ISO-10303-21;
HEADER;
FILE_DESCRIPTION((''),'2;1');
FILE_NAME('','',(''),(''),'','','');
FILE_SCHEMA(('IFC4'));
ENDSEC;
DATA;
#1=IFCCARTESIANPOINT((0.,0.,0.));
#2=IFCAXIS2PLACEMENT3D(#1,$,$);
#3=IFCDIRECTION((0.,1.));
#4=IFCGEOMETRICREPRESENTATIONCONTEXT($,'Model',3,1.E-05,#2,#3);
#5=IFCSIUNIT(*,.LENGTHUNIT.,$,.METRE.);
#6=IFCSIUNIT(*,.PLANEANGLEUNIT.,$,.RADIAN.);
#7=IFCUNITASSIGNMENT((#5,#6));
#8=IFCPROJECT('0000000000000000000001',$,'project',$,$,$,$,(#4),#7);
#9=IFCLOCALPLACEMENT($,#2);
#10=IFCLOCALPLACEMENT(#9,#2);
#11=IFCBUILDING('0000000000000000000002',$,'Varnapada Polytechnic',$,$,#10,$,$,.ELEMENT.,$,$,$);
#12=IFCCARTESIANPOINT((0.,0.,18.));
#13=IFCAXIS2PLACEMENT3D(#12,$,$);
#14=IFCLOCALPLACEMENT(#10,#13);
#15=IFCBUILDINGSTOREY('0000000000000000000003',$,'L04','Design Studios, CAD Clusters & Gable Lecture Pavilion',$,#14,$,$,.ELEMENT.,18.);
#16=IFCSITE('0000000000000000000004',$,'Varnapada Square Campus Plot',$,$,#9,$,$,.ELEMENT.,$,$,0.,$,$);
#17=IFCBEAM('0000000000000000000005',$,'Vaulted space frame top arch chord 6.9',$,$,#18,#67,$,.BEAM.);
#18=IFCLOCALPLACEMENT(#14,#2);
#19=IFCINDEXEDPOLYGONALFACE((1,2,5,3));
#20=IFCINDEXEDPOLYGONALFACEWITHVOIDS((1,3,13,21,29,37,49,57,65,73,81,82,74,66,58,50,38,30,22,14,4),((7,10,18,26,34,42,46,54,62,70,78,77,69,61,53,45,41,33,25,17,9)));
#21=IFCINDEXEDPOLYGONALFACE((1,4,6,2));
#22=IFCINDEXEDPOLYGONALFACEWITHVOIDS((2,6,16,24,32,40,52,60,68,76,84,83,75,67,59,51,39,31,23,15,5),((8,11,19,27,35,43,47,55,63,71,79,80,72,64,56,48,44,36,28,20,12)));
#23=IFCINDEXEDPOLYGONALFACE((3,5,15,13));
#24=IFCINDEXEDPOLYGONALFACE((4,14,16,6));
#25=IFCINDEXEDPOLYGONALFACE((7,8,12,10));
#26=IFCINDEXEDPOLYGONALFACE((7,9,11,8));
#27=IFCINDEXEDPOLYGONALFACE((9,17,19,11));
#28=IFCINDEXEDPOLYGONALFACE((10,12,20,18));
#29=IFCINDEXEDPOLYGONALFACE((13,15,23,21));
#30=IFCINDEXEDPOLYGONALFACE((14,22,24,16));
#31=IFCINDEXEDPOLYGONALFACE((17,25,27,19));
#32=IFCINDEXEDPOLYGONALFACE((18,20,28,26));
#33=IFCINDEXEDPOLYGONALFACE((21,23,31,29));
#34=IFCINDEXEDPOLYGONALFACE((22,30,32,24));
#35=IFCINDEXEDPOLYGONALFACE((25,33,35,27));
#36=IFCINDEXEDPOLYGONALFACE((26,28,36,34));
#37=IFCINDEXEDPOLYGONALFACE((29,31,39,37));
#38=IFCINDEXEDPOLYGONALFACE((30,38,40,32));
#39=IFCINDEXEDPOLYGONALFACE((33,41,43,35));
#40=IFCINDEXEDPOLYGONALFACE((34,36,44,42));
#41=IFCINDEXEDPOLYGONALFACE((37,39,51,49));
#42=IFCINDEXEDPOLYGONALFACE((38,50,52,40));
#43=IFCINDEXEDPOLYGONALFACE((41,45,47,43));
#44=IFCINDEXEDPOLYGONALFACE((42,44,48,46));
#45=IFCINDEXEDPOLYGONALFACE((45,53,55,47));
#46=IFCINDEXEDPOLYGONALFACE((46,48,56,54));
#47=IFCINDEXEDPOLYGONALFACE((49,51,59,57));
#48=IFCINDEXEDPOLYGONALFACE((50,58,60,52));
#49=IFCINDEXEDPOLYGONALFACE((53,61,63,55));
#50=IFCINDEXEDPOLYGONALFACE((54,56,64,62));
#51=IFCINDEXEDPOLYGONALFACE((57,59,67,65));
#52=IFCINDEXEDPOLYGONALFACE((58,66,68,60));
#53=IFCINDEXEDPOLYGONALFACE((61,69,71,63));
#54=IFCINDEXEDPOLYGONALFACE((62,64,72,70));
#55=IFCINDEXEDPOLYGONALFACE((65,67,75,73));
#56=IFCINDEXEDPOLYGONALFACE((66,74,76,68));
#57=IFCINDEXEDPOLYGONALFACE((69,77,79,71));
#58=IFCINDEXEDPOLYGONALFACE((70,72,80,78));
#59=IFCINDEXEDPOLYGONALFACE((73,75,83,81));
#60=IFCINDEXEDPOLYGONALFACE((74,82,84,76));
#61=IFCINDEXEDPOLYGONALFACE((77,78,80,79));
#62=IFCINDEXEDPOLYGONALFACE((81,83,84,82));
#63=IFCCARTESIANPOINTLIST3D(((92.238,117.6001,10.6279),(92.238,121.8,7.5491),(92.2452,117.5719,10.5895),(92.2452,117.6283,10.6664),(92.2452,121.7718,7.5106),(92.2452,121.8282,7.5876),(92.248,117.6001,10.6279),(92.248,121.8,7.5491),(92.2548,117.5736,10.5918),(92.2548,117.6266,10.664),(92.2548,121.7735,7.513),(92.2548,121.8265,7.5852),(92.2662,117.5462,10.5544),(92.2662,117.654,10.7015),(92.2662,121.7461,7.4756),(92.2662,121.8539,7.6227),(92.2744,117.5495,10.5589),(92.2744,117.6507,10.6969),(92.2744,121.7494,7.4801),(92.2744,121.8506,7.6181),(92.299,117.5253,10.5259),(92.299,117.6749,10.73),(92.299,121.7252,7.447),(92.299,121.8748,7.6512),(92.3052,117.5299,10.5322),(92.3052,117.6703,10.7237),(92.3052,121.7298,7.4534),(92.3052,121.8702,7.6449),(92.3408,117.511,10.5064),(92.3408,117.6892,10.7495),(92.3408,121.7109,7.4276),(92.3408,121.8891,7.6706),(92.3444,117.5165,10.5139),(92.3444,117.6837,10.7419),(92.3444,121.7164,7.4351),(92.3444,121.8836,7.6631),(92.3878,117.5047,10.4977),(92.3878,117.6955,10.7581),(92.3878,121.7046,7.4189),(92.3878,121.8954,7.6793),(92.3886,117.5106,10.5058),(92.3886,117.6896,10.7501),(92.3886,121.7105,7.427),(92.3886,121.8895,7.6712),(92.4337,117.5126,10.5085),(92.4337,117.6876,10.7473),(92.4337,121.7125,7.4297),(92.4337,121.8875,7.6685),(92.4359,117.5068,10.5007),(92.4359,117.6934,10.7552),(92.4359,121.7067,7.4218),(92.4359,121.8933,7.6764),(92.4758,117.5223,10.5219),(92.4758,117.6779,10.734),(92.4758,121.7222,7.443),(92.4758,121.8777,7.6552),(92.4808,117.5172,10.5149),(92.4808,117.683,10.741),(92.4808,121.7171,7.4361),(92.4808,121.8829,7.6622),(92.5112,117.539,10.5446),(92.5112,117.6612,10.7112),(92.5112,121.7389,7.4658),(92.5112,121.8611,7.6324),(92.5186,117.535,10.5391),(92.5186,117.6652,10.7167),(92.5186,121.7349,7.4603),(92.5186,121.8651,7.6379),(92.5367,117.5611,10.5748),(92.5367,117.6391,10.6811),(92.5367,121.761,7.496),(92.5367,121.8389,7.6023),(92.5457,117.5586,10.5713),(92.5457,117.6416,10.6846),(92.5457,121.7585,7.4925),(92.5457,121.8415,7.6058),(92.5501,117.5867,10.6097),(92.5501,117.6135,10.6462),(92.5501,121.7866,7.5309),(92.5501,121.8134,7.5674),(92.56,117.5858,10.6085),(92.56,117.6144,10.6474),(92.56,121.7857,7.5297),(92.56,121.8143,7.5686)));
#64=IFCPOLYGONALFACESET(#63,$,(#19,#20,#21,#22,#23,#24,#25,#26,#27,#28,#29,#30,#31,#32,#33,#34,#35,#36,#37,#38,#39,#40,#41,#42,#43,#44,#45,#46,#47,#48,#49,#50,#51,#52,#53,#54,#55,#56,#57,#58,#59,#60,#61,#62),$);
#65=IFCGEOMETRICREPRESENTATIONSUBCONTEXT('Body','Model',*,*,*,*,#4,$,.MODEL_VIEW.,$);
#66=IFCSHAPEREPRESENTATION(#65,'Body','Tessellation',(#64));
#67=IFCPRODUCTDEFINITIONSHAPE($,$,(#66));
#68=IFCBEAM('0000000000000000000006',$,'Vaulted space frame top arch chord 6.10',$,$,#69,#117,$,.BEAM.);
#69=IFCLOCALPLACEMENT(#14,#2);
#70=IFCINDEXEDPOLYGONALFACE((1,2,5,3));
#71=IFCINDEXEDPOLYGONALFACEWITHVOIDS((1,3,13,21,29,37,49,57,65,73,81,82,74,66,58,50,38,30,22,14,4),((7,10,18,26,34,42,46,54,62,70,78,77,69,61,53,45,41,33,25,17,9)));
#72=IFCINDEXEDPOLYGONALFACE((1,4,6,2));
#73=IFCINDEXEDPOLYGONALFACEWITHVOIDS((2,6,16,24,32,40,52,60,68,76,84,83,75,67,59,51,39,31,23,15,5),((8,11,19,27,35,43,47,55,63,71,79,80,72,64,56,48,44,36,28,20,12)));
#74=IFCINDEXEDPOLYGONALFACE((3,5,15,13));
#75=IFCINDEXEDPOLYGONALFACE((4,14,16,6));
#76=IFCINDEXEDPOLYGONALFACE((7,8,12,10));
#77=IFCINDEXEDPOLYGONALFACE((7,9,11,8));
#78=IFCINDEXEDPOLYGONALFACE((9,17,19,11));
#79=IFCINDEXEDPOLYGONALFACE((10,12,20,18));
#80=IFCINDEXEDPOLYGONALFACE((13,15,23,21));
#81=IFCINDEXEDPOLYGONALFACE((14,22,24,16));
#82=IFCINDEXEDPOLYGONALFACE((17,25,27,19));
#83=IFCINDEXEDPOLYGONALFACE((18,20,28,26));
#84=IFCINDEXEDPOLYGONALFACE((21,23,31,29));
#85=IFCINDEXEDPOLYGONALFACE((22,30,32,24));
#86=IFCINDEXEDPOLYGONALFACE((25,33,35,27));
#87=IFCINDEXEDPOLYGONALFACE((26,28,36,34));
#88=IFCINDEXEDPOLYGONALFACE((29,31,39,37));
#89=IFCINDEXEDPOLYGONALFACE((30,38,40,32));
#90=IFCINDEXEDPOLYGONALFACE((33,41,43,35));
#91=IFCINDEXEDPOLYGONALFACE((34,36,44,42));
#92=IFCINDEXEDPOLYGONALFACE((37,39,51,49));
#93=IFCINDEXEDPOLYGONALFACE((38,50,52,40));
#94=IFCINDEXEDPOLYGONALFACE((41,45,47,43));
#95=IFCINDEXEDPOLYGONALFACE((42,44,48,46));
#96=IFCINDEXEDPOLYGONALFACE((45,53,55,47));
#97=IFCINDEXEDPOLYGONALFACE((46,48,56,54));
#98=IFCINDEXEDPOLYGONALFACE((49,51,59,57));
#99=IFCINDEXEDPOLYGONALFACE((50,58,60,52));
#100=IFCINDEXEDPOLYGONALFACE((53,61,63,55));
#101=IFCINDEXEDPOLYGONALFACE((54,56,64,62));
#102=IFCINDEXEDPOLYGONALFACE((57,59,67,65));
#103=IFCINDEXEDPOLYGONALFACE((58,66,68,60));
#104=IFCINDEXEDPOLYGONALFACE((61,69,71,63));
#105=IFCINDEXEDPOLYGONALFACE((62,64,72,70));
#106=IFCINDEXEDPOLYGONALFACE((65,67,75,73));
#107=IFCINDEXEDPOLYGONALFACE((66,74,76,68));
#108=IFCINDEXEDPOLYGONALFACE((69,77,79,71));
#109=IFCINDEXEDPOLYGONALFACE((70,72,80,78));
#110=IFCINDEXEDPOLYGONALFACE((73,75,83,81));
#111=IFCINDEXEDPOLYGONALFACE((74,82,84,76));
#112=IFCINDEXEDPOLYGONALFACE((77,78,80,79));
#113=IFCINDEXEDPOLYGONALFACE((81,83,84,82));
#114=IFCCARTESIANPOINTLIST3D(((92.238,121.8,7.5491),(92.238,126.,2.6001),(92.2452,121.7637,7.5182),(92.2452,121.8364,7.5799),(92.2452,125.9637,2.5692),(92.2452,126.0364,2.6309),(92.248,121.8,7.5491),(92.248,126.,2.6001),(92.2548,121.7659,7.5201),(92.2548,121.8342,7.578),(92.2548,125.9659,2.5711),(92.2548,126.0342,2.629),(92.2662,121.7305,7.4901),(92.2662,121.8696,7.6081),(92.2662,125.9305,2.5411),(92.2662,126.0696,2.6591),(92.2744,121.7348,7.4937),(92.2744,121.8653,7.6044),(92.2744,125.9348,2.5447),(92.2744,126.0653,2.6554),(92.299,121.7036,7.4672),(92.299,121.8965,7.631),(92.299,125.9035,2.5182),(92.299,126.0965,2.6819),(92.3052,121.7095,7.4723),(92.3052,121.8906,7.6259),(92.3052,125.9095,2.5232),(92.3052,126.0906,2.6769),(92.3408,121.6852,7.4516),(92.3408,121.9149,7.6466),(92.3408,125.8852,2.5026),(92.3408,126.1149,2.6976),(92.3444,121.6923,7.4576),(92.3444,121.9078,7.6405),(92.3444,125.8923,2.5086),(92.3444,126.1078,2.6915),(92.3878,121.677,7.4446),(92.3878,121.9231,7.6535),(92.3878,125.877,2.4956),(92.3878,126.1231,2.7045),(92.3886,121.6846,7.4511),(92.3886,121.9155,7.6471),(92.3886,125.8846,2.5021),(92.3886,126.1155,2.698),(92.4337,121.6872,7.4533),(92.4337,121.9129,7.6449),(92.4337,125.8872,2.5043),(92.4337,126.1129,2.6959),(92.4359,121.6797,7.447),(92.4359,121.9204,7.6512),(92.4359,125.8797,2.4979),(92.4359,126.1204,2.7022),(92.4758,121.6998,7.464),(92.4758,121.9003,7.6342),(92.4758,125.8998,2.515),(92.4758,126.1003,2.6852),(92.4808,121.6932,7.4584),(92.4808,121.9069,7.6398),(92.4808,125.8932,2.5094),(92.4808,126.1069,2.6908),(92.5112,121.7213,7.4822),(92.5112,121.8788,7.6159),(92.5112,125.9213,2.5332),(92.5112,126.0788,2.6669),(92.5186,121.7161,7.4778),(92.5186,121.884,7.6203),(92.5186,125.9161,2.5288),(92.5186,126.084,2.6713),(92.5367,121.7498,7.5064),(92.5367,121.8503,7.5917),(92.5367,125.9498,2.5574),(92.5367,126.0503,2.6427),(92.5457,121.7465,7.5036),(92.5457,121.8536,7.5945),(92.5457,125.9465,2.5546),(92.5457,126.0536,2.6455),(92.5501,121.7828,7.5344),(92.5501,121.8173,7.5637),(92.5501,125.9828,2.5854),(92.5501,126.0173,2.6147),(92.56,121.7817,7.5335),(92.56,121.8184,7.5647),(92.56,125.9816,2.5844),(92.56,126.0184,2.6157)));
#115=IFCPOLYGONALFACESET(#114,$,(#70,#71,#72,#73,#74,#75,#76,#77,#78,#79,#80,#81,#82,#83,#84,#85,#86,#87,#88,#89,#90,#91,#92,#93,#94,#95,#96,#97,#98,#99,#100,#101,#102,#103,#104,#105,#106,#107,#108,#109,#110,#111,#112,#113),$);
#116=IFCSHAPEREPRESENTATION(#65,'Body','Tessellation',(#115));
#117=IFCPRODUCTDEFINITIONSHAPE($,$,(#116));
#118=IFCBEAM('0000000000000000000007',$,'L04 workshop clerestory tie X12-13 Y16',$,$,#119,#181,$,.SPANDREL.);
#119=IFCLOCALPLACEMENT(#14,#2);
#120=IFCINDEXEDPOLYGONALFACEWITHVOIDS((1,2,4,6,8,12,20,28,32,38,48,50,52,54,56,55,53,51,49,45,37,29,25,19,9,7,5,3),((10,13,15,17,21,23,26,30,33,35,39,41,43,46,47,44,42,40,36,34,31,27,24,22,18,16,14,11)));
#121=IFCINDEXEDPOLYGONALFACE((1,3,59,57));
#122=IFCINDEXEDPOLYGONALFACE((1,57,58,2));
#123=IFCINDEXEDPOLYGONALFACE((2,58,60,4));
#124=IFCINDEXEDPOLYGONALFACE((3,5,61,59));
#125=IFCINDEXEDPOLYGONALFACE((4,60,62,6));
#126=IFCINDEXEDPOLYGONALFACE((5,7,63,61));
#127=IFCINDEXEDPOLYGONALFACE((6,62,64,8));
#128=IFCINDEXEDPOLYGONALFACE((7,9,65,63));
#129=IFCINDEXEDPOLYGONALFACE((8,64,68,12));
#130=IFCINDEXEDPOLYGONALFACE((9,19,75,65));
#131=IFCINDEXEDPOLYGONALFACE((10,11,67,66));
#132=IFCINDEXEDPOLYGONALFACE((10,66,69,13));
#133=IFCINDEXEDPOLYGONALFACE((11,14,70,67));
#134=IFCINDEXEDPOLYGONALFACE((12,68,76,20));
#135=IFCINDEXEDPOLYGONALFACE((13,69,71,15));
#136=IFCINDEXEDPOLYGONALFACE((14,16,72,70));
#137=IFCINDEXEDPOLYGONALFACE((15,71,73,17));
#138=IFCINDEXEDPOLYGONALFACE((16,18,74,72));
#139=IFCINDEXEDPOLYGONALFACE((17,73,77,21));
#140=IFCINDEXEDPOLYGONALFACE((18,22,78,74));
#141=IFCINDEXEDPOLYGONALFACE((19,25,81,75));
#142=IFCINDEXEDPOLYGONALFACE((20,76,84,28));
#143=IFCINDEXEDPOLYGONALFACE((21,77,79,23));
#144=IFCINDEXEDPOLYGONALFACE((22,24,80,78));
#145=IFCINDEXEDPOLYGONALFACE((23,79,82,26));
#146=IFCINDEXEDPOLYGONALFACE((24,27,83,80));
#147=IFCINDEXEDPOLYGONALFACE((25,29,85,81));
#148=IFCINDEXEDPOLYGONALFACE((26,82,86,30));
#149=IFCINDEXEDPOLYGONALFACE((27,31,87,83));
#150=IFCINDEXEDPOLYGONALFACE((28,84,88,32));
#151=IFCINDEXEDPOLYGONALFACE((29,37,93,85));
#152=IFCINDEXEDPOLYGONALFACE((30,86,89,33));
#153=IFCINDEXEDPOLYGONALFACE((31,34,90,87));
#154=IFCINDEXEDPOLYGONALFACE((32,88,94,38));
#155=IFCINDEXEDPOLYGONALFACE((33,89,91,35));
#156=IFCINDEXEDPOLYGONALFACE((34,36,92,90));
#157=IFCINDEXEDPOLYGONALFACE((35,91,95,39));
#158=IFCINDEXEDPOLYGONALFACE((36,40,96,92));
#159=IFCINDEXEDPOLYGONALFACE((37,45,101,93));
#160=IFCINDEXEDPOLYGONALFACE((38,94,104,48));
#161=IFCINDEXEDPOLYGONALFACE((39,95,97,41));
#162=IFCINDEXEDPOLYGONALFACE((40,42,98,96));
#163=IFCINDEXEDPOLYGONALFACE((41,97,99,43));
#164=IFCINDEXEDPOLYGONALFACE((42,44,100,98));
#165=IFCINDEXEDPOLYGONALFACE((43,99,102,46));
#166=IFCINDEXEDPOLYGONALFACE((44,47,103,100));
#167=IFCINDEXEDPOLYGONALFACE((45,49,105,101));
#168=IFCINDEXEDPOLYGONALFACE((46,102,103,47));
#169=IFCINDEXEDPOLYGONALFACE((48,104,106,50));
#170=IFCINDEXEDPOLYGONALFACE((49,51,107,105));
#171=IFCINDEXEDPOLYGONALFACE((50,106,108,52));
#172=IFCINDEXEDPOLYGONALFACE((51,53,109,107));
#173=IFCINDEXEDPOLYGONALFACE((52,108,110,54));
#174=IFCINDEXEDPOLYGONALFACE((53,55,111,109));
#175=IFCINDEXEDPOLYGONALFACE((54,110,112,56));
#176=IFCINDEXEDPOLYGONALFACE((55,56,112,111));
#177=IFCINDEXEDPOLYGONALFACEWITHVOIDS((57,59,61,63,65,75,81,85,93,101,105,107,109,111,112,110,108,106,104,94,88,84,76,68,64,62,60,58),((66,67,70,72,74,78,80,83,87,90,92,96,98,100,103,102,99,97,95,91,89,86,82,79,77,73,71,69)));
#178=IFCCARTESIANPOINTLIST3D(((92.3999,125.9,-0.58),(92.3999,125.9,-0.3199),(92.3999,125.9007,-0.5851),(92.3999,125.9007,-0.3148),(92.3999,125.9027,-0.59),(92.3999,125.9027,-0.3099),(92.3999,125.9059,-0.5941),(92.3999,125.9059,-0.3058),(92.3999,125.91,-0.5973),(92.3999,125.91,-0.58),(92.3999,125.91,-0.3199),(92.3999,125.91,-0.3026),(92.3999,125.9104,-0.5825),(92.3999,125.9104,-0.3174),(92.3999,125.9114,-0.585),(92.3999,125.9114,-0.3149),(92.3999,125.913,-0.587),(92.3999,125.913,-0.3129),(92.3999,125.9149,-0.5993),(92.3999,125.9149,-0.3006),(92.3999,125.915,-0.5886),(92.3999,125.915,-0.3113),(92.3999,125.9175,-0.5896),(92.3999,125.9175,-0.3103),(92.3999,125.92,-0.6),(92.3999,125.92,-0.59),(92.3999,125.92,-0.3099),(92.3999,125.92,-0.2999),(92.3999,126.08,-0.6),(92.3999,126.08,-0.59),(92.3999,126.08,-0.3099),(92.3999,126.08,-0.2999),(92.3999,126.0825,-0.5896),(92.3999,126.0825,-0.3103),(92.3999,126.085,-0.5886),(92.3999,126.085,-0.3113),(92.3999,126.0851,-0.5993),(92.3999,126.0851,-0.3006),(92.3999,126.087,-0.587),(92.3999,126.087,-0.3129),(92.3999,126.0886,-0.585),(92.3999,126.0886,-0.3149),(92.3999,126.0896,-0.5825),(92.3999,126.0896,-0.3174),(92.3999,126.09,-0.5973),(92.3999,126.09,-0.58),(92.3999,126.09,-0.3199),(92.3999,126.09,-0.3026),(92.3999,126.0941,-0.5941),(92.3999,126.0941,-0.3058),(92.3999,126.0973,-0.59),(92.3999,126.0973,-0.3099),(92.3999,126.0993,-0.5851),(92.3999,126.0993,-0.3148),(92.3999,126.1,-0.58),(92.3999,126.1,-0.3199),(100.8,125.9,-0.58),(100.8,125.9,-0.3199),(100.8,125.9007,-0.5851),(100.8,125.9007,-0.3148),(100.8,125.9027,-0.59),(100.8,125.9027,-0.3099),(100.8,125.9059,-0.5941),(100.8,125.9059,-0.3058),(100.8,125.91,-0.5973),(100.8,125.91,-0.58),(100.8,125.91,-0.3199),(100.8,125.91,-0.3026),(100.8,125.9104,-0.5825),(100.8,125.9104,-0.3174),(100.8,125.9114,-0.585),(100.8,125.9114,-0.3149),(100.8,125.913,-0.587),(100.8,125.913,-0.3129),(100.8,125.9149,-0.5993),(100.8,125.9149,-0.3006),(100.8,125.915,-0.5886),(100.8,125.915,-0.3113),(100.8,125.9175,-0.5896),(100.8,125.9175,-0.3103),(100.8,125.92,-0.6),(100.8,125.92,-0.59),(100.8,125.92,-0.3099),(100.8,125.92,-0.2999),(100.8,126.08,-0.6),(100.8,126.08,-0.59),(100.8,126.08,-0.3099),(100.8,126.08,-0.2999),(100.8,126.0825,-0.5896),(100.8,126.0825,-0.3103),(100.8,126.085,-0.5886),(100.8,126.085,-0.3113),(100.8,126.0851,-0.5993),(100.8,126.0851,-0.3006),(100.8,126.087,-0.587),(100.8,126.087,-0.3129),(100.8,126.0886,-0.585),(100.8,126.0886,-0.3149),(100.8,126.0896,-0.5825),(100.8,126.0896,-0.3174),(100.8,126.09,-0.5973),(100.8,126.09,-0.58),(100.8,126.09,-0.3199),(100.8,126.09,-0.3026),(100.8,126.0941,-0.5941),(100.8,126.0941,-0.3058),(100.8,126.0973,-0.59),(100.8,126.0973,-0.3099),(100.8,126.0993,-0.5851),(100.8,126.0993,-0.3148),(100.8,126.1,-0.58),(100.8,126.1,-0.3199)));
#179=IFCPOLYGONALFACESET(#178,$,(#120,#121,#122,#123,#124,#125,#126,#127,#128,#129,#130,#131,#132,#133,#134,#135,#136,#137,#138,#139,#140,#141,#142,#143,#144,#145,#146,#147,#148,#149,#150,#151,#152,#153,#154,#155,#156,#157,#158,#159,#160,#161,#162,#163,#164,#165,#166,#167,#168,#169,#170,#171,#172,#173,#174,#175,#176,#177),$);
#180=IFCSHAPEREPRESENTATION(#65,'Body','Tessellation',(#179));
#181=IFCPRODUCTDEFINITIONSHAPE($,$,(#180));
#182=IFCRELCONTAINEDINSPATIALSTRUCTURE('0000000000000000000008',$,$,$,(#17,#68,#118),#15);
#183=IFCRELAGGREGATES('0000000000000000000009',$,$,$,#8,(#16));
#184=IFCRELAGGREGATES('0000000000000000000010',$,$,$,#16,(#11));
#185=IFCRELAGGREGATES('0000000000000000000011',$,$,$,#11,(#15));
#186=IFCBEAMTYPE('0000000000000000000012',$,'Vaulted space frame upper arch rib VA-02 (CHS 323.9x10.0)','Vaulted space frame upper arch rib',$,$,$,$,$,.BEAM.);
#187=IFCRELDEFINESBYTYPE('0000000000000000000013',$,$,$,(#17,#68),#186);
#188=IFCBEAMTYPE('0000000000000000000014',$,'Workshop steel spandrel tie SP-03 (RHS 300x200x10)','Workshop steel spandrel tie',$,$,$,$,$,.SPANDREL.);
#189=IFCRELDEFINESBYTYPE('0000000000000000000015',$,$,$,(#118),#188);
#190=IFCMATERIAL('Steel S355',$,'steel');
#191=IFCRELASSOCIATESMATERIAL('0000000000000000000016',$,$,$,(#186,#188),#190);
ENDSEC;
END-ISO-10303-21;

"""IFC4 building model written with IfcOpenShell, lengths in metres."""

from ifc_helpers import new_model, si_unit, direction, frame, origin, origin_2d, place, context, subcontext, project, spatial, hollow_rectangle, hollow_circle, extrude, material, material_profile, profile_set, type_object, element, save


model = new_model("IFC4")

# Units and contexts
model_context = context("Model", 3, precision=1e-05, world=origin(), true_north=direction((0.0, 1.0)))
body_context = subcontext(model_context, "Body", "Model", "MODEL_VIEW")
ifc_project = project(units=[si_unit("LENGTHUNIT", "METRE"), si_unit("PLANEANGLEUNIT", "RADIAN")], contexts=[model_context])

# Site, building, storey
site_placement = place(None, origin())
site = spatial("IfcSite", under=ifc_project, at=site_placement, Name="Varnapada Square Campus Plot", CompositionType="ELEMENT", RefElevation=0.0)
building_placement = place(site_placement, origin())
building = spatial("IfcBuilding", under=site, at=building_placement, Name="Varnapada Polytechnic", CompositionType="ELEMENT")
storey_placement = place(building_placement, frame((0.0, 0.0, 18.0)))
storey = spatial("IfcBuildingStorey", under=building, at=storey_placement, Name="L04", Description="Design Studios, CAD Clusters & Gable Lecture Pavilion", CompositionType="ELEMENT", Elevation=18.0)

# Shared definitions
ifc_material = material(Name="Steel S355", Category="steel")

# Beams
ifc_material_profile_1 = material_profile(ifc_material, hollow_circle(Radius=0.1619, WallThickness=0.01, at=origin_2d()), Name="CHS 323.9x10.0")
ifc_profile_set_1 = profile_set([ifc_material_profile_1], Name="Steel S355")
beam_type_1 = type_object("IfcBeamType", Name="Vaulted space frame upper arch rib VA-02 (CHS 323.9x10.0)", Description="Vaulted space frame upper arch rib", PredefinedType="BEAM", material=ifc_profile_set_1)
beam_1_placement = place(storey_placement, frame((92.3999, 117.6001, 10.6279), z_axis=(0.0, 0.806506, -0.591225), x_axis=(-1.0, 0.0, 0.0)))
element("IfcBeam", 1, at=beam_1_placement, inside=storey, type_object=beam_type_1, Name="Vaulted space frame top arch chord 6.9", PredefinedType="BEAM", context=body_context, shape_type="SweptSolid", body=[
    extrude(hollow_circle(Radius=0.1619, WallThickness=0.01, at=origin_2d()), origin(), (0.0, 0.0, 1.0), 5.2075),
])
beam_2_placement = place(storey_placement, frame((92.3999, 121.8, 7.5491), z_axis=(0.0, 0.647051, -0.762447), x_axis=(-1.0, 0.0, 0.0)))
element("IfcBeam", 2, at=beam_2_placement, inside=storey, type_object=beam_type_1, Name="Vaulted space frame top arch chord 6.10", PredefinedType="BEAM", context=body_context, shape_type="SweptSolid", body=[
    extrude(hollow_circle(Radius=0.1619, WallThickness=0.01, at=origin_2d()), origin(), (0.0, 0.0, 1.0), 6.491),
])
ifc_material_profile_2 = material_profile(ifc_material, hollow_rectangle(XDim=0.2, YDim=0.3, WallThickness=0.01, InnerFilletRadius=0.01, OuterFilletRadius=0.02, at=origin_2d()), Name="RHS 300x200x10")
ifc_profile_set_2 = profile_set([ifc_material_profile_2], Name="Steel S355")
beam_type_2 = type_object("IfcBeamType", Name="Workshop steel spandrel tie SP-03 (RHS 300x200x10)", Description="Workshop steel spandrel tie", PredefinedType="SPANDREL", material=ifc_profile_set_2)
beam_3_placement = place(storey_placement, frame((92.3999, 126.0, -0.45), z_axis=(1.0, 0.0, 0.0), x_axis=(0.0, 1.0, 0.0)))
element("IfcBeam", 3, at=beam_3_placement, inside=storey, type_object=beam_type_2, Name="L04 workshop clerestory tie X12-13 Y16", PredefinedType="SPANDREL", context=body_context, shape_type="SweptSolid", body=[
    extrude(hollow_rectangle(XDim=0.2, YDim=0.3, WallThickness=0.01, InnerFilletRadius=0.01, OuterFilletRadius=0.02, at=origin_2d()), origin(), (0.0, 0.0, 1.0), 8.4001),
])

save(model, "model.ifc")
